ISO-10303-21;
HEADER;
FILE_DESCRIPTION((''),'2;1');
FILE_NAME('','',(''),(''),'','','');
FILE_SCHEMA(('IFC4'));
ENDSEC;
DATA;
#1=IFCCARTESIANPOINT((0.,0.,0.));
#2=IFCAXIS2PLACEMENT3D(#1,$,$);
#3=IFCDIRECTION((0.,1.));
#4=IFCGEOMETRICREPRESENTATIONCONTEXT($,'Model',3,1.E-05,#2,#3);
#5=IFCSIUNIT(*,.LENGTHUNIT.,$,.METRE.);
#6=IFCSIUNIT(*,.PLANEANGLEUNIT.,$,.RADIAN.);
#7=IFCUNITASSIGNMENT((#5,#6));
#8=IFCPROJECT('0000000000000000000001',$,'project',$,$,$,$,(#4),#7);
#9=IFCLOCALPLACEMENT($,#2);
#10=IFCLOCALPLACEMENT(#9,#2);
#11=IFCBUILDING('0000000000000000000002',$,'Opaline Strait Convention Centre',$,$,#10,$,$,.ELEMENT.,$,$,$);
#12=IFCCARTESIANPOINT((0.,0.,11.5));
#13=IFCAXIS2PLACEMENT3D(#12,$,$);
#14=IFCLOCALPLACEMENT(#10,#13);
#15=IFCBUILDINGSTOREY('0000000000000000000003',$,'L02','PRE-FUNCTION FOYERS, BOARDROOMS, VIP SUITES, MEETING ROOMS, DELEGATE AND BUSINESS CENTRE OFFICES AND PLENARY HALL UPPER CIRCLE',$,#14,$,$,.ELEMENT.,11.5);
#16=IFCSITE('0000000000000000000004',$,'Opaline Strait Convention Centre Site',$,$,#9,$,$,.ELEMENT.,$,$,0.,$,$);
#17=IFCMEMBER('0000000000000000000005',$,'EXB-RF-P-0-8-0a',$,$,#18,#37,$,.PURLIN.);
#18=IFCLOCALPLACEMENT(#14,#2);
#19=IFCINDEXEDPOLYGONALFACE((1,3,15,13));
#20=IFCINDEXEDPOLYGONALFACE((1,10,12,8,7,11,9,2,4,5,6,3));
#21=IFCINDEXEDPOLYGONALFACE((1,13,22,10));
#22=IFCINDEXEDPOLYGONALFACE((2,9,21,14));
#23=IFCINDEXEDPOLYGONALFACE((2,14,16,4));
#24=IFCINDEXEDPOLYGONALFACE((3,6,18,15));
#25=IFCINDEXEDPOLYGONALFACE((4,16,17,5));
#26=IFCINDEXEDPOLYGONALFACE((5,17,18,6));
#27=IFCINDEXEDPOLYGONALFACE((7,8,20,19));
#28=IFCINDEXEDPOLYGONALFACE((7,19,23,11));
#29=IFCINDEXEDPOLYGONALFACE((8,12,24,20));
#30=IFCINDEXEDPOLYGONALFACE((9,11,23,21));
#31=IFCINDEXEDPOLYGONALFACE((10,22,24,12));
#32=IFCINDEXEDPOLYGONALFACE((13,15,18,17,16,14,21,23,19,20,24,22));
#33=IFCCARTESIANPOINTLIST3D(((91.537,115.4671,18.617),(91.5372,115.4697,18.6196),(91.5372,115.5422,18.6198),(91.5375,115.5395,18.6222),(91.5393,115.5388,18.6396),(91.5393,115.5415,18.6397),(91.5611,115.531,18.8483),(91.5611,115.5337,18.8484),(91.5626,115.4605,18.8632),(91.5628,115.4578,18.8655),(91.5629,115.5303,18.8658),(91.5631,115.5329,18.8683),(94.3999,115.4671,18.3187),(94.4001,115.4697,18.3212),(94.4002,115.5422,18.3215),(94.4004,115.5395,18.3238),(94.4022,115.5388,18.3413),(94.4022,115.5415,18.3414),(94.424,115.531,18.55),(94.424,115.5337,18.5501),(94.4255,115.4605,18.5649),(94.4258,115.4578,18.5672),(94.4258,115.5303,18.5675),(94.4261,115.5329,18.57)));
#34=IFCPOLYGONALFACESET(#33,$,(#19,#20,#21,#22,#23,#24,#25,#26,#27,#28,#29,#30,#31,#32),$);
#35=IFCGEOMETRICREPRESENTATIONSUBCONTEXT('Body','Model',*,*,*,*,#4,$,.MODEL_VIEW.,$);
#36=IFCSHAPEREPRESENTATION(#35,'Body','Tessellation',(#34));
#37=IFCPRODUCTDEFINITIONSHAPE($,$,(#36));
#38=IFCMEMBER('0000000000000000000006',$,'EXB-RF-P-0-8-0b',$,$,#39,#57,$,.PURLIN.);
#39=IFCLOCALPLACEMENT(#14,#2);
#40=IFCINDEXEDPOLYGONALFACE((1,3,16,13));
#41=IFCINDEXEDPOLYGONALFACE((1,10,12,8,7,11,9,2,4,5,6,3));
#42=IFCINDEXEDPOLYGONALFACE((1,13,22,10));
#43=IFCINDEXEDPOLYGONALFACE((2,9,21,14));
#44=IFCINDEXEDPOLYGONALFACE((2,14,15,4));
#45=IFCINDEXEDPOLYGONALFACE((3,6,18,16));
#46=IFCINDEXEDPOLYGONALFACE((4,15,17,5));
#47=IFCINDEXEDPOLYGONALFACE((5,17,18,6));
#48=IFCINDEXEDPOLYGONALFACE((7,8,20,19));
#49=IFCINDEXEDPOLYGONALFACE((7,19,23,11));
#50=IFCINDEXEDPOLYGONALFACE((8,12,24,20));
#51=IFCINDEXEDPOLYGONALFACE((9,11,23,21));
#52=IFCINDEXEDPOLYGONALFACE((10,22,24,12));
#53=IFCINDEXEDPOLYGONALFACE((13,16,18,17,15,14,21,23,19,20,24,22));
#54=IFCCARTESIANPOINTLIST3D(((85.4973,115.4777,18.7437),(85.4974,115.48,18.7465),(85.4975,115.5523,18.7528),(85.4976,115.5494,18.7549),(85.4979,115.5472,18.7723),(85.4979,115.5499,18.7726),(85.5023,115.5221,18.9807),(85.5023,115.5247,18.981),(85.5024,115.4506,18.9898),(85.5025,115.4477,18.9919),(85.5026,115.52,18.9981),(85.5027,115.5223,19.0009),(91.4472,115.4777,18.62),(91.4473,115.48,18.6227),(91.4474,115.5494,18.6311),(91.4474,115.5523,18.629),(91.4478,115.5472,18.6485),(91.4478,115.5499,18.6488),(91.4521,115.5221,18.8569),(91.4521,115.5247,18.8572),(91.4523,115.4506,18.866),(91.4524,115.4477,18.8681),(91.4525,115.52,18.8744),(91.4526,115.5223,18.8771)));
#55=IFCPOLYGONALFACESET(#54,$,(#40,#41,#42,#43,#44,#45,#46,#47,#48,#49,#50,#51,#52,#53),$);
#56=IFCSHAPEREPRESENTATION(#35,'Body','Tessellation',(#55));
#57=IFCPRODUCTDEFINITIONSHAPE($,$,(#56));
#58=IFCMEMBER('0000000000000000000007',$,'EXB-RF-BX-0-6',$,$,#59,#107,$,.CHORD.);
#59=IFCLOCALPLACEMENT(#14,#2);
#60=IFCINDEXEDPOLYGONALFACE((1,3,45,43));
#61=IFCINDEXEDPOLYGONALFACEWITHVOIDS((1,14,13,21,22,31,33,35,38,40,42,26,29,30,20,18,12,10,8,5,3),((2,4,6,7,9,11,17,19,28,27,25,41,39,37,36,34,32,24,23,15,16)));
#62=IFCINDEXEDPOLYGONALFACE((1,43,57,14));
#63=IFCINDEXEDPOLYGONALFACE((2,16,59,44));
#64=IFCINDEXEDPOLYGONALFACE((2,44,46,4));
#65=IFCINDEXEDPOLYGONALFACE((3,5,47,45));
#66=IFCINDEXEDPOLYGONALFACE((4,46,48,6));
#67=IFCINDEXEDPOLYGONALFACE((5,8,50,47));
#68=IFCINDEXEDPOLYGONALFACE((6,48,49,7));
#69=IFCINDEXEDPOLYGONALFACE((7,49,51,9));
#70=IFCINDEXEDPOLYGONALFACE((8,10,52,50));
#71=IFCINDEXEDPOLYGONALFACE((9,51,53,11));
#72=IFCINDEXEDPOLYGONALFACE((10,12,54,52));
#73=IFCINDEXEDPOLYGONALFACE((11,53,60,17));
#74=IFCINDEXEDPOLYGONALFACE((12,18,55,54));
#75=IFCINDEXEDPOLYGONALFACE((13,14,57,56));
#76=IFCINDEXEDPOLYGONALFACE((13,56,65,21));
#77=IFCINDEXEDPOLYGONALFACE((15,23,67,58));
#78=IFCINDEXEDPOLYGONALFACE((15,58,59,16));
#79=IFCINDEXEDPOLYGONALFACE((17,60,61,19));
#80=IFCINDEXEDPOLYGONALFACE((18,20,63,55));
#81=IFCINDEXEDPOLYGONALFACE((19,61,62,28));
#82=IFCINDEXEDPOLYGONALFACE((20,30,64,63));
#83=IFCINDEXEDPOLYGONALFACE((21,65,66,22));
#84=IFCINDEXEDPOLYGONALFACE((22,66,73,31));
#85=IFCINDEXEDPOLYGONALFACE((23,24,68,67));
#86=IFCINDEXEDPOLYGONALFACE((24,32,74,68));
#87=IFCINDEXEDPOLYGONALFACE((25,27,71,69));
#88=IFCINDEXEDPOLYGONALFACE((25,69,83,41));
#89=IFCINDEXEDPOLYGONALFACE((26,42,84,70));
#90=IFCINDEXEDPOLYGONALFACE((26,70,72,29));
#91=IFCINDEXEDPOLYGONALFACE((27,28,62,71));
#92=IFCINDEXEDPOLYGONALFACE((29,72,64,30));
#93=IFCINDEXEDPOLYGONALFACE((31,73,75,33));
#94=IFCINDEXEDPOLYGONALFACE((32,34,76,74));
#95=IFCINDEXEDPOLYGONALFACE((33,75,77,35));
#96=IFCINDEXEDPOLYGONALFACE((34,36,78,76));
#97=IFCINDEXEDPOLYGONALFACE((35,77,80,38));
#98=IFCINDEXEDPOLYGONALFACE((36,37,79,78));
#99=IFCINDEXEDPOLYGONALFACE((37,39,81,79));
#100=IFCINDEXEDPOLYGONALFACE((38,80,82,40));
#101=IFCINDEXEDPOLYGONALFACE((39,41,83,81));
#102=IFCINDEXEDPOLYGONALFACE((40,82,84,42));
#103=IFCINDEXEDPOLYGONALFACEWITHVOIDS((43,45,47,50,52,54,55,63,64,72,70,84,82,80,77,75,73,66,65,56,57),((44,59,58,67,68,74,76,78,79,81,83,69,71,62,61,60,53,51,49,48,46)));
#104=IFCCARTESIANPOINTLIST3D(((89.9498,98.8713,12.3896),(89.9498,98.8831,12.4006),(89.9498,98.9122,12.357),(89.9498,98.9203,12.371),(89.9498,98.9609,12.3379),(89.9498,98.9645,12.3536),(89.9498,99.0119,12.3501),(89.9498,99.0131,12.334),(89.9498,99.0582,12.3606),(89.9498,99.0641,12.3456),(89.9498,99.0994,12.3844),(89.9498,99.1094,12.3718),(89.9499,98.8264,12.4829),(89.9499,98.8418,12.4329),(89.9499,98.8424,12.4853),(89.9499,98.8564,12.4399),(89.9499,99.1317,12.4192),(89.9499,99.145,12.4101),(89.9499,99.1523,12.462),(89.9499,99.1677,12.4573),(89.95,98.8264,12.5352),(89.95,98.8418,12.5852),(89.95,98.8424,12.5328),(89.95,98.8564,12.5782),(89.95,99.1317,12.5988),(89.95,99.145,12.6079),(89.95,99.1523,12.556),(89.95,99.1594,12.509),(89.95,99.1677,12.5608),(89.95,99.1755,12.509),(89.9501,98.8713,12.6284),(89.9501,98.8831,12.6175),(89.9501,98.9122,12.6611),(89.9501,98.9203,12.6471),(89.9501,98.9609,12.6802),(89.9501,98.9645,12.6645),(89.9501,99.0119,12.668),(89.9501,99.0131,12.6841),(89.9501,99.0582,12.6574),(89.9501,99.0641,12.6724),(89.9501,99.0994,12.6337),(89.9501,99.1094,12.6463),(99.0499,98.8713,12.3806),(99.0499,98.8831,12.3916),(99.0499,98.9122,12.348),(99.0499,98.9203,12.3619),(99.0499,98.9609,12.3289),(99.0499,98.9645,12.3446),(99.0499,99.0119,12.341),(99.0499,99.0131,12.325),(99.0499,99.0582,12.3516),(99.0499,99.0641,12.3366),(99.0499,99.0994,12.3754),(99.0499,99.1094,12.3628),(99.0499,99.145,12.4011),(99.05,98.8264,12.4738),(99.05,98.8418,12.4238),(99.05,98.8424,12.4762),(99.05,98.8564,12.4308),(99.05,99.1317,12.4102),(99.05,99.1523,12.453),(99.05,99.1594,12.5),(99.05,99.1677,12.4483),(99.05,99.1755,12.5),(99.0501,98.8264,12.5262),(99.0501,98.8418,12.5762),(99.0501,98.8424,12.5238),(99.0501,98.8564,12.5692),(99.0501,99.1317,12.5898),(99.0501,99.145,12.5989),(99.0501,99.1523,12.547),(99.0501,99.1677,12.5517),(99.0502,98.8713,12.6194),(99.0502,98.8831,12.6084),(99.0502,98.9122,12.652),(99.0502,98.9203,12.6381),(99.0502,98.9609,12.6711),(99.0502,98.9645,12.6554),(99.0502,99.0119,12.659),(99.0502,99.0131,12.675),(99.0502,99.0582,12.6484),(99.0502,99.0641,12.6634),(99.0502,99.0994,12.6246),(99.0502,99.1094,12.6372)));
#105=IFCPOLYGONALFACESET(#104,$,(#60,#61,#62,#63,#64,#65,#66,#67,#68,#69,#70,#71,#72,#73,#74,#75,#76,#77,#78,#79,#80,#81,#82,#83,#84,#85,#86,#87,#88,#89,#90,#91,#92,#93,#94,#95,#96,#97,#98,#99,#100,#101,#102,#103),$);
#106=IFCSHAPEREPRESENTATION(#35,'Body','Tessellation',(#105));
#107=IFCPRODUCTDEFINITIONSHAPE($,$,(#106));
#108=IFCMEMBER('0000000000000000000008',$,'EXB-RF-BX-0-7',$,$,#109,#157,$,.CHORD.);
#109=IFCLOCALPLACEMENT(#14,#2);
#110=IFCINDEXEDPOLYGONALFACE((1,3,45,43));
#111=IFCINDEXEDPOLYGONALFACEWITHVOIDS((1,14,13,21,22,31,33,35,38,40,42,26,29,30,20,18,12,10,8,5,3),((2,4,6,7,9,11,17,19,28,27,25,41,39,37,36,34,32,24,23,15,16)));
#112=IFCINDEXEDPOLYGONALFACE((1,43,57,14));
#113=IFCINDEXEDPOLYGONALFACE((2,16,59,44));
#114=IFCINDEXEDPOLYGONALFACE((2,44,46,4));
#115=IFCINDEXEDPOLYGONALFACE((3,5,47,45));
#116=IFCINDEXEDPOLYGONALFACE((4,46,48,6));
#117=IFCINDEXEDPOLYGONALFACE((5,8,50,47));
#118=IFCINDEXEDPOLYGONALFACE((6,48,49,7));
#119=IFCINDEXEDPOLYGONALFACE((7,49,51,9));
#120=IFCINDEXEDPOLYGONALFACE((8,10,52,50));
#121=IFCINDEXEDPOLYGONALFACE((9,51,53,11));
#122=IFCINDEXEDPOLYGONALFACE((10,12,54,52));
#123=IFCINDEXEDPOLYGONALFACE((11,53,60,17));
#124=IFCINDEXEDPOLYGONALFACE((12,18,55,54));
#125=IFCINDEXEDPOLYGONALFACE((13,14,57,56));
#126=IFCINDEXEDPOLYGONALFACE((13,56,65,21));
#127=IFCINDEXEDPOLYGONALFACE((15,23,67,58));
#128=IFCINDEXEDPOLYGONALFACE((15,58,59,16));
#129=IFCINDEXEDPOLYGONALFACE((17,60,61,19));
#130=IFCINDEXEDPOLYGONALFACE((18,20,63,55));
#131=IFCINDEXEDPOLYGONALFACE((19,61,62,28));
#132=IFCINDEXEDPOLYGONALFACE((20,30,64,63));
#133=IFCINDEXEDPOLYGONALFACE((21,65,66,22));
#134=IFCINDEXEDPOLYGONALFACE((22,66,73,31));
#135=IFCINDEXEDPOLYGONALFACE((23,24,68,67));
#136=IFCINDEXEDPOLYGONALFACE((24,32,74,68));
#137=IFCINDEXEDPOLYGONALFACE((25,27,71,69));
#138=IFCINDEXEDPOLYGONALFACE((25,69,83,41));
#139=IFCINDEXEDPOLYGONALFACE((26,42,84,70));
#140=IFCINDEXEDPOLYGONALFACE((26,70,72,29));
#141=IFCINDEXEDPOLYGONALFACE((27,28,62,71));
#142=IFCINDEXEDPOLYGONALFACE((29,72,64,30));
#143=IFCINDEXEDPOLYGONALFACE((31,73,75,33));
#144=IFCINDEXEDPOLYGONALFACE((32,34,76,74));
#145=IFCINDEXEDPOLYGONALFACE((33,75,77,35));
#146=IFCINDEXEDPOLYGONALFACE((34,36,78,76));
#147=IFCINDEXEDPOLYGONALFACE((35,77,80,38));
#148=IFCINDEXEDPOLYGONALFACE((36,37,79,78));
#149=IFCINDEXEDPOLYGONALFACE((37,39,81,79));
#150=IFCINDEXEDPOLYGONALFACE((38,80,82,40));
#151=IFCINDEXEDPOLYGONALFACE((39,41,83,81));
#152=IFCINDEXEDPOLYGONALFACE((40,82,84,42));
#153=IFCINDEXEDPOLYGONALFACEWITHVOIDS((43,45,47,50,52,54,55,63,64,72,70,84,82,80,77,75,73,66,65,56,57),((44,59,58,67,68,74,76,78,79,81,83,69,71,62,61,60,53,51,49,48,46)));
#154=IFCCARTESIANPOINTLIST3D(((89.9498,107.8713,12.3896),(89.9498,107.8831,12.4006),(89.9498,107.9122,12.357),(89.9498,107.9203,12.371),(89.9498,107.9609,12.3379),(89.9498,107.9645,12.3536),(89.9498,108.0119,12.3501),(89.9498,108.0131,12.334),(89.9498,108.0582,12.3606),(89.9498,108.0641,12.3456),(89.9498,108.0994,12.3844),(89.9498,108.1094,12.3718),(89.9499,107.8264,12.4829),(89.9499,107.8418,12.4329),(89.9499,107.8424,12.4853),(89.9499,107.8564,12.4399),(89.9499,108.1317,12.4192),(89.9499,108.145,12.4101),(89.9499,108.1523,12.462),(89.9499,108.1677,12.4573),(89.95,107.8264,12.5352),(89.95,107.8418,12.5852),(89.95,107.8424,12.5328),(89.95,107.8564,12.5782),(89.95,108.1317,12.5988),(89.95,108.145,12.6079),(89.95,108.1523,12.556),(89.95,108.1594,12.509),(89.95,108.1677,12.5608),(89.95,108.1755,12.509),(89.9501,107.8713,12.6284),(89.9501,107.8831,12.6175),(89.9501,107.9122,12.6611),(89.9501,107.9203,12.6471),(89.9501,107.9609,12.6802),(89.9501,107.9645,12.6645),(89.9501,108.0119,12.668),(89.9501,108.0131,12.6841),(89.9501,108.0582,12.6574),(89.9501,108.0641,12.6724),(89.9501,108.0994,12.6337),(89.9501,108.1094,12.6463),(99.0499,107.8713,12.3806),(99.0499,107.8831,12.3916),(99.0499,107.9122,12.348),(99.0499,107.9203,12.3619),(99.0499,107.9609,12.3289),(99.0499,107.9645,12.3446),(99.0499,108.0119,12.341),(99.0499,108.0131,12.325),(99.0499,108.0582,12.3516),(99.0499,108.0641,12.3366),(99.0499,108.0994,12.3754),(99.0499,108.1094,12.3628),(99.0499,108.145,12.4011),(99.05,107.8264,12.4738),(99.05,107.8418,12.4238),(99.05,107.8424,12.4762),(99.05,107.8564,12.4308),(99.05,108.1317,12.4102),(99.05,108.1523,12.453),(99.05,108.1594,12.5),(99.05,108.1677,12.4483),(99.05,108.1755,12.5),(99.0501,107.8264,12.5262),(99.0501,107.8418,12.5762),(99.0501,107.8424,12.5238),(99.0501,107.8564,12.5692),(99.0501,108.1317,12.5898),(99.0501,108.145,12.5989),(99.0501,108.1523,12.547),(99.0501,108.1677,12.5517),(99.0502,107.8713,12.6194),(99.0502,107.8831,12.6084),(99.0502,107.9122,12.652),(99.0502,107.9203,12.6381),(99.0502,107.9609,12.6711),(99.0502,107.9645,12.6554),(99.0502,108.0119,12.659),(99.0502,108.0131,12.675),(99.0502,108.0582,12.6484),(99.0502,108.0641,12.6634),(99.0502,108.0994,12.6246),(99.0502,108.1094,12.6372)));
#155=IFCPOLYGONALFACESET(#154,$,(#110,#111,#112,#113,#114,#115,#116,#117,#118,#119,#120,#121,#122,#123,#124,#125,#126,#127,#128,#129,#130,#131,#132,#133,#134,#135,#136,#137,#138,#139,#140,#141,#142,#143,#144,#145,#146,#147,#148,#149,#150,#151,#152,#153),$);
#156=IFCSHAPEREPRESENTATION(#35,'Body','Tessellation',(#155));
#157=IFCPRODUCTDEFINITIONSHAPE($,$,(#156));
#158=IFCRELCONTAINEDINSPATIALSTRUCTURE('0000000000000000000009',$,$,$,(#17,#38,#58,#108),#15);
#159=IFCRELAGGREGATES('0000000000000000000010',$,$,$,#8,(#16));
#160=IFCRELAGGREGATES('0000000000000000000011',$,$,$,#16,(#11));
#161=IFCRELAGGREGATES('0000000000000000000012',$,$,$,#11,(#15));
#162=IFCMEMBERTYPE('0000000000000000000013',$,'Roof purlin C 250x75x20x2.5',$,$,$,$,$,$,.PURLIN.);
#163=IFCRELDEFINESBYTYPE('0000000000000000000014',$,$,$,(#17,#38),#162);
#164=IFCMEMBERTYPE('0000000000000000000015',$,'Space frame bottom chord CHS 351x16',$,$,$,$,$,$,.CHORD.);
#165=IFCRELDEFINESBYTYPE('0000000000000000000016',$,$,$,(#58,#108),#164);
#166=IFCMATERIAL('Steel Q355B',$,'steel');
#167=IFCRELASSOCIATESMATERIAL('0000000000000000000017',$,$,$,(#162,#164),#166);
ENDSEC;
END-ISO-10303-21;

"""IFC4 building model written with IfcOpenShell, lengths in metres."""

from ifc_helpers import new_model, si_unit, direction, frame, origin, origin_2d, place, context, subcontext, project, spatial, polyline, hollow_circle, outline, extrude, material, material_profile, profile_set, type_object, element, save


model = new_model("IFC4")

# Units and contexts
model_context = context("Model", 3, precision=1e-05, world=origin(), true_north=direction((0.0, 1.0)))
body_context = subcontext(model_context, "Body", "Model", "MODEL_VIEW")
ifc_project = project(units=[si_unit("LENGTHUNIT", "METRE"), si_unit("PLANEANGLEUNIT", "RADIAN")], contexts=[model_context])

# Site, building, storey
site_placement = place(None, origin())
site = spatial("IfcSite", under=ifc_project, at=site_placement, Name="Opaline Strait Convention Centre Site", CompositionType="ELEMENT", RefElevation=0.0)
building_placement = place(site_placement, origin())
building = spatial("IfcBuilding", under=site, at=building_placement, Name="Opaline Strait Convention Centre", CompositionType="ELEMENT")
storey_placement = place(building_placement, frame((0.0, 0.0, 11.5)))
storey = spatial("IfcBuildingStorey", under=building, at=storey_placement, Name="L02", Description="PRE-FUNCTION FOYERS, BOARDROOMS, VIP SUITES, MEETING ROOMS, DELEGATE AND BUSINESS CENTRE OFFICES AND PLENARY HALL UPPER CIRCLE", CompositionType="ELEMENT", Elevation=11.5)

# Members
ifc_material_1 = material(Name="Steel Q355B", Category="steel")
ifc_material_profile_1 = material_profile(ifc_material_1, outline(polyline([(-0.0376, -0.125), (0.0376, -0.125), (0.0376, -0.105), (0.0349, -0.105), (0.0349, -0.1226), (-0.0349, -0.1226), (-0.0349, 0.1226), (0.0349, 0.1226), (0.0349, 0.105), (0.0376, 0.105), (0.0376, 0.125), (-0.0376, 0.125), (-0.0376, -0.125)])), Name="C 250x75x20x2.5")
ifc_profile_set_1 = profile_set([ifc_material_profile_1], Name="Steel Q355B")
member_type_1 = type_object("IfcMemberType", Name="Roof purlin C 250x75x20x2.5", PredefinedType="PURLIN", material=ifc_profile_set_1)
member_1_placement = place(storey_placement, frame((91.55, 115.5, 18.7427), z_axis=(0.994615, 0.0, -0.103643), x_axis=(0.003871, 0.999302, 0.037151)))
element("IfcMember", 1, at=member_1_placement, inside=storey, type_object=member_type_1, Name="EXB-RF-P-0-8-0a", PredefinedType="PURLIN", context=body_context, shape_type="SweptSolid", body=[
    extrude(outline(polyline([(-0.0376, -0.125), (0.0376, -0.125), (0.0376, -0.105), (0.0349, -0.105), (0.0349, -0.1226), (-0.0349, -0.1226), (-0.0349, 0.1226), (0.0349, 0.1226), (0.0349, 0.105), (0.0376, 0.105), (0.0376, 0.125), (-0.0376, 0.125), (-0.0376, -0.125)])), origin(), (0.0, 0.0, 1.0), 2.8784),
])
member_2_placement = place(storey_placement, frame((85.5, 115.5, 18.8723), z_axis=(0.999784, 0.0, -0.020799), x_axis=(0.002494, 0.992783, 0.119896)))
element("IfcMember", 2, at=member_2_placement, inside=storey, type_object=member_type_1, Name="EXB-RF-P-0-8-0b", PredefinedType="PURLIN", context=body_context, shape_type="SweptSolid", body=[
    extrude(outline(polyline([(-0.0376, -0.125), (0.0376, -0.125), (0.0376, -0.105), (0.0349, -0.105), (0.0349, -0.1226), (-0.0349, -0.1226), (-0.0349, 0.1226), (0.0349, 0.1226), (0.0349, 0.105), (0.0376, 0.105), (0.0376, 0.125), (-0.0376, 0.125), (-0.0376, -0.125)])), origin(), (0.0, 0.0, 1.0), 5.9512),
])
ifc_material_profile_2 = material_profile(ifc_material_1, hollow_circle(Radius=0.1755, WallThickness=0.0161, at=origin_2d()), Name="CHS 351x16")
ifc_profile_set_2 = profile_set([ifc_material_profile_2], Name="Steel Q355B")
member_type_2 = type_object("IfcMemberType", Name="Space frame bottom chord CHS 351x16", PredefinedType="CHORD", material=ifc_profile_set_2)
for number, where, z_axis, x_axis, name in (
    (3, (89.95, 99.0, 12.509), (1.0, 0.0, -0.000993), (0.0, 1.0, 0.0), "EXB-RF-BX-0-6"),
    (4, (89.95, 108.0, 12.509), (1.0, 0.0, -0.000993), (0.0, 1.0, 0.0), "EXB-RF-BX-0-7"),
):
    element("IfcMember", number, at=place(storey_placement, frame(where, z_axis=z_axis, x_axis=x_axis)), inside=storey, type_object=member_type_2, Name=name, PredefinedType="CHORD", context=body_context, shape_type="SweptSolid", body=[
        extrude(hollow_circle(Radius=0.1755, WallThickness=0.0161, at=origin_2d()), origin(), (0.0, 0.0, 1.0), 9.1001),
    ])

save(model, "model.ifc")
